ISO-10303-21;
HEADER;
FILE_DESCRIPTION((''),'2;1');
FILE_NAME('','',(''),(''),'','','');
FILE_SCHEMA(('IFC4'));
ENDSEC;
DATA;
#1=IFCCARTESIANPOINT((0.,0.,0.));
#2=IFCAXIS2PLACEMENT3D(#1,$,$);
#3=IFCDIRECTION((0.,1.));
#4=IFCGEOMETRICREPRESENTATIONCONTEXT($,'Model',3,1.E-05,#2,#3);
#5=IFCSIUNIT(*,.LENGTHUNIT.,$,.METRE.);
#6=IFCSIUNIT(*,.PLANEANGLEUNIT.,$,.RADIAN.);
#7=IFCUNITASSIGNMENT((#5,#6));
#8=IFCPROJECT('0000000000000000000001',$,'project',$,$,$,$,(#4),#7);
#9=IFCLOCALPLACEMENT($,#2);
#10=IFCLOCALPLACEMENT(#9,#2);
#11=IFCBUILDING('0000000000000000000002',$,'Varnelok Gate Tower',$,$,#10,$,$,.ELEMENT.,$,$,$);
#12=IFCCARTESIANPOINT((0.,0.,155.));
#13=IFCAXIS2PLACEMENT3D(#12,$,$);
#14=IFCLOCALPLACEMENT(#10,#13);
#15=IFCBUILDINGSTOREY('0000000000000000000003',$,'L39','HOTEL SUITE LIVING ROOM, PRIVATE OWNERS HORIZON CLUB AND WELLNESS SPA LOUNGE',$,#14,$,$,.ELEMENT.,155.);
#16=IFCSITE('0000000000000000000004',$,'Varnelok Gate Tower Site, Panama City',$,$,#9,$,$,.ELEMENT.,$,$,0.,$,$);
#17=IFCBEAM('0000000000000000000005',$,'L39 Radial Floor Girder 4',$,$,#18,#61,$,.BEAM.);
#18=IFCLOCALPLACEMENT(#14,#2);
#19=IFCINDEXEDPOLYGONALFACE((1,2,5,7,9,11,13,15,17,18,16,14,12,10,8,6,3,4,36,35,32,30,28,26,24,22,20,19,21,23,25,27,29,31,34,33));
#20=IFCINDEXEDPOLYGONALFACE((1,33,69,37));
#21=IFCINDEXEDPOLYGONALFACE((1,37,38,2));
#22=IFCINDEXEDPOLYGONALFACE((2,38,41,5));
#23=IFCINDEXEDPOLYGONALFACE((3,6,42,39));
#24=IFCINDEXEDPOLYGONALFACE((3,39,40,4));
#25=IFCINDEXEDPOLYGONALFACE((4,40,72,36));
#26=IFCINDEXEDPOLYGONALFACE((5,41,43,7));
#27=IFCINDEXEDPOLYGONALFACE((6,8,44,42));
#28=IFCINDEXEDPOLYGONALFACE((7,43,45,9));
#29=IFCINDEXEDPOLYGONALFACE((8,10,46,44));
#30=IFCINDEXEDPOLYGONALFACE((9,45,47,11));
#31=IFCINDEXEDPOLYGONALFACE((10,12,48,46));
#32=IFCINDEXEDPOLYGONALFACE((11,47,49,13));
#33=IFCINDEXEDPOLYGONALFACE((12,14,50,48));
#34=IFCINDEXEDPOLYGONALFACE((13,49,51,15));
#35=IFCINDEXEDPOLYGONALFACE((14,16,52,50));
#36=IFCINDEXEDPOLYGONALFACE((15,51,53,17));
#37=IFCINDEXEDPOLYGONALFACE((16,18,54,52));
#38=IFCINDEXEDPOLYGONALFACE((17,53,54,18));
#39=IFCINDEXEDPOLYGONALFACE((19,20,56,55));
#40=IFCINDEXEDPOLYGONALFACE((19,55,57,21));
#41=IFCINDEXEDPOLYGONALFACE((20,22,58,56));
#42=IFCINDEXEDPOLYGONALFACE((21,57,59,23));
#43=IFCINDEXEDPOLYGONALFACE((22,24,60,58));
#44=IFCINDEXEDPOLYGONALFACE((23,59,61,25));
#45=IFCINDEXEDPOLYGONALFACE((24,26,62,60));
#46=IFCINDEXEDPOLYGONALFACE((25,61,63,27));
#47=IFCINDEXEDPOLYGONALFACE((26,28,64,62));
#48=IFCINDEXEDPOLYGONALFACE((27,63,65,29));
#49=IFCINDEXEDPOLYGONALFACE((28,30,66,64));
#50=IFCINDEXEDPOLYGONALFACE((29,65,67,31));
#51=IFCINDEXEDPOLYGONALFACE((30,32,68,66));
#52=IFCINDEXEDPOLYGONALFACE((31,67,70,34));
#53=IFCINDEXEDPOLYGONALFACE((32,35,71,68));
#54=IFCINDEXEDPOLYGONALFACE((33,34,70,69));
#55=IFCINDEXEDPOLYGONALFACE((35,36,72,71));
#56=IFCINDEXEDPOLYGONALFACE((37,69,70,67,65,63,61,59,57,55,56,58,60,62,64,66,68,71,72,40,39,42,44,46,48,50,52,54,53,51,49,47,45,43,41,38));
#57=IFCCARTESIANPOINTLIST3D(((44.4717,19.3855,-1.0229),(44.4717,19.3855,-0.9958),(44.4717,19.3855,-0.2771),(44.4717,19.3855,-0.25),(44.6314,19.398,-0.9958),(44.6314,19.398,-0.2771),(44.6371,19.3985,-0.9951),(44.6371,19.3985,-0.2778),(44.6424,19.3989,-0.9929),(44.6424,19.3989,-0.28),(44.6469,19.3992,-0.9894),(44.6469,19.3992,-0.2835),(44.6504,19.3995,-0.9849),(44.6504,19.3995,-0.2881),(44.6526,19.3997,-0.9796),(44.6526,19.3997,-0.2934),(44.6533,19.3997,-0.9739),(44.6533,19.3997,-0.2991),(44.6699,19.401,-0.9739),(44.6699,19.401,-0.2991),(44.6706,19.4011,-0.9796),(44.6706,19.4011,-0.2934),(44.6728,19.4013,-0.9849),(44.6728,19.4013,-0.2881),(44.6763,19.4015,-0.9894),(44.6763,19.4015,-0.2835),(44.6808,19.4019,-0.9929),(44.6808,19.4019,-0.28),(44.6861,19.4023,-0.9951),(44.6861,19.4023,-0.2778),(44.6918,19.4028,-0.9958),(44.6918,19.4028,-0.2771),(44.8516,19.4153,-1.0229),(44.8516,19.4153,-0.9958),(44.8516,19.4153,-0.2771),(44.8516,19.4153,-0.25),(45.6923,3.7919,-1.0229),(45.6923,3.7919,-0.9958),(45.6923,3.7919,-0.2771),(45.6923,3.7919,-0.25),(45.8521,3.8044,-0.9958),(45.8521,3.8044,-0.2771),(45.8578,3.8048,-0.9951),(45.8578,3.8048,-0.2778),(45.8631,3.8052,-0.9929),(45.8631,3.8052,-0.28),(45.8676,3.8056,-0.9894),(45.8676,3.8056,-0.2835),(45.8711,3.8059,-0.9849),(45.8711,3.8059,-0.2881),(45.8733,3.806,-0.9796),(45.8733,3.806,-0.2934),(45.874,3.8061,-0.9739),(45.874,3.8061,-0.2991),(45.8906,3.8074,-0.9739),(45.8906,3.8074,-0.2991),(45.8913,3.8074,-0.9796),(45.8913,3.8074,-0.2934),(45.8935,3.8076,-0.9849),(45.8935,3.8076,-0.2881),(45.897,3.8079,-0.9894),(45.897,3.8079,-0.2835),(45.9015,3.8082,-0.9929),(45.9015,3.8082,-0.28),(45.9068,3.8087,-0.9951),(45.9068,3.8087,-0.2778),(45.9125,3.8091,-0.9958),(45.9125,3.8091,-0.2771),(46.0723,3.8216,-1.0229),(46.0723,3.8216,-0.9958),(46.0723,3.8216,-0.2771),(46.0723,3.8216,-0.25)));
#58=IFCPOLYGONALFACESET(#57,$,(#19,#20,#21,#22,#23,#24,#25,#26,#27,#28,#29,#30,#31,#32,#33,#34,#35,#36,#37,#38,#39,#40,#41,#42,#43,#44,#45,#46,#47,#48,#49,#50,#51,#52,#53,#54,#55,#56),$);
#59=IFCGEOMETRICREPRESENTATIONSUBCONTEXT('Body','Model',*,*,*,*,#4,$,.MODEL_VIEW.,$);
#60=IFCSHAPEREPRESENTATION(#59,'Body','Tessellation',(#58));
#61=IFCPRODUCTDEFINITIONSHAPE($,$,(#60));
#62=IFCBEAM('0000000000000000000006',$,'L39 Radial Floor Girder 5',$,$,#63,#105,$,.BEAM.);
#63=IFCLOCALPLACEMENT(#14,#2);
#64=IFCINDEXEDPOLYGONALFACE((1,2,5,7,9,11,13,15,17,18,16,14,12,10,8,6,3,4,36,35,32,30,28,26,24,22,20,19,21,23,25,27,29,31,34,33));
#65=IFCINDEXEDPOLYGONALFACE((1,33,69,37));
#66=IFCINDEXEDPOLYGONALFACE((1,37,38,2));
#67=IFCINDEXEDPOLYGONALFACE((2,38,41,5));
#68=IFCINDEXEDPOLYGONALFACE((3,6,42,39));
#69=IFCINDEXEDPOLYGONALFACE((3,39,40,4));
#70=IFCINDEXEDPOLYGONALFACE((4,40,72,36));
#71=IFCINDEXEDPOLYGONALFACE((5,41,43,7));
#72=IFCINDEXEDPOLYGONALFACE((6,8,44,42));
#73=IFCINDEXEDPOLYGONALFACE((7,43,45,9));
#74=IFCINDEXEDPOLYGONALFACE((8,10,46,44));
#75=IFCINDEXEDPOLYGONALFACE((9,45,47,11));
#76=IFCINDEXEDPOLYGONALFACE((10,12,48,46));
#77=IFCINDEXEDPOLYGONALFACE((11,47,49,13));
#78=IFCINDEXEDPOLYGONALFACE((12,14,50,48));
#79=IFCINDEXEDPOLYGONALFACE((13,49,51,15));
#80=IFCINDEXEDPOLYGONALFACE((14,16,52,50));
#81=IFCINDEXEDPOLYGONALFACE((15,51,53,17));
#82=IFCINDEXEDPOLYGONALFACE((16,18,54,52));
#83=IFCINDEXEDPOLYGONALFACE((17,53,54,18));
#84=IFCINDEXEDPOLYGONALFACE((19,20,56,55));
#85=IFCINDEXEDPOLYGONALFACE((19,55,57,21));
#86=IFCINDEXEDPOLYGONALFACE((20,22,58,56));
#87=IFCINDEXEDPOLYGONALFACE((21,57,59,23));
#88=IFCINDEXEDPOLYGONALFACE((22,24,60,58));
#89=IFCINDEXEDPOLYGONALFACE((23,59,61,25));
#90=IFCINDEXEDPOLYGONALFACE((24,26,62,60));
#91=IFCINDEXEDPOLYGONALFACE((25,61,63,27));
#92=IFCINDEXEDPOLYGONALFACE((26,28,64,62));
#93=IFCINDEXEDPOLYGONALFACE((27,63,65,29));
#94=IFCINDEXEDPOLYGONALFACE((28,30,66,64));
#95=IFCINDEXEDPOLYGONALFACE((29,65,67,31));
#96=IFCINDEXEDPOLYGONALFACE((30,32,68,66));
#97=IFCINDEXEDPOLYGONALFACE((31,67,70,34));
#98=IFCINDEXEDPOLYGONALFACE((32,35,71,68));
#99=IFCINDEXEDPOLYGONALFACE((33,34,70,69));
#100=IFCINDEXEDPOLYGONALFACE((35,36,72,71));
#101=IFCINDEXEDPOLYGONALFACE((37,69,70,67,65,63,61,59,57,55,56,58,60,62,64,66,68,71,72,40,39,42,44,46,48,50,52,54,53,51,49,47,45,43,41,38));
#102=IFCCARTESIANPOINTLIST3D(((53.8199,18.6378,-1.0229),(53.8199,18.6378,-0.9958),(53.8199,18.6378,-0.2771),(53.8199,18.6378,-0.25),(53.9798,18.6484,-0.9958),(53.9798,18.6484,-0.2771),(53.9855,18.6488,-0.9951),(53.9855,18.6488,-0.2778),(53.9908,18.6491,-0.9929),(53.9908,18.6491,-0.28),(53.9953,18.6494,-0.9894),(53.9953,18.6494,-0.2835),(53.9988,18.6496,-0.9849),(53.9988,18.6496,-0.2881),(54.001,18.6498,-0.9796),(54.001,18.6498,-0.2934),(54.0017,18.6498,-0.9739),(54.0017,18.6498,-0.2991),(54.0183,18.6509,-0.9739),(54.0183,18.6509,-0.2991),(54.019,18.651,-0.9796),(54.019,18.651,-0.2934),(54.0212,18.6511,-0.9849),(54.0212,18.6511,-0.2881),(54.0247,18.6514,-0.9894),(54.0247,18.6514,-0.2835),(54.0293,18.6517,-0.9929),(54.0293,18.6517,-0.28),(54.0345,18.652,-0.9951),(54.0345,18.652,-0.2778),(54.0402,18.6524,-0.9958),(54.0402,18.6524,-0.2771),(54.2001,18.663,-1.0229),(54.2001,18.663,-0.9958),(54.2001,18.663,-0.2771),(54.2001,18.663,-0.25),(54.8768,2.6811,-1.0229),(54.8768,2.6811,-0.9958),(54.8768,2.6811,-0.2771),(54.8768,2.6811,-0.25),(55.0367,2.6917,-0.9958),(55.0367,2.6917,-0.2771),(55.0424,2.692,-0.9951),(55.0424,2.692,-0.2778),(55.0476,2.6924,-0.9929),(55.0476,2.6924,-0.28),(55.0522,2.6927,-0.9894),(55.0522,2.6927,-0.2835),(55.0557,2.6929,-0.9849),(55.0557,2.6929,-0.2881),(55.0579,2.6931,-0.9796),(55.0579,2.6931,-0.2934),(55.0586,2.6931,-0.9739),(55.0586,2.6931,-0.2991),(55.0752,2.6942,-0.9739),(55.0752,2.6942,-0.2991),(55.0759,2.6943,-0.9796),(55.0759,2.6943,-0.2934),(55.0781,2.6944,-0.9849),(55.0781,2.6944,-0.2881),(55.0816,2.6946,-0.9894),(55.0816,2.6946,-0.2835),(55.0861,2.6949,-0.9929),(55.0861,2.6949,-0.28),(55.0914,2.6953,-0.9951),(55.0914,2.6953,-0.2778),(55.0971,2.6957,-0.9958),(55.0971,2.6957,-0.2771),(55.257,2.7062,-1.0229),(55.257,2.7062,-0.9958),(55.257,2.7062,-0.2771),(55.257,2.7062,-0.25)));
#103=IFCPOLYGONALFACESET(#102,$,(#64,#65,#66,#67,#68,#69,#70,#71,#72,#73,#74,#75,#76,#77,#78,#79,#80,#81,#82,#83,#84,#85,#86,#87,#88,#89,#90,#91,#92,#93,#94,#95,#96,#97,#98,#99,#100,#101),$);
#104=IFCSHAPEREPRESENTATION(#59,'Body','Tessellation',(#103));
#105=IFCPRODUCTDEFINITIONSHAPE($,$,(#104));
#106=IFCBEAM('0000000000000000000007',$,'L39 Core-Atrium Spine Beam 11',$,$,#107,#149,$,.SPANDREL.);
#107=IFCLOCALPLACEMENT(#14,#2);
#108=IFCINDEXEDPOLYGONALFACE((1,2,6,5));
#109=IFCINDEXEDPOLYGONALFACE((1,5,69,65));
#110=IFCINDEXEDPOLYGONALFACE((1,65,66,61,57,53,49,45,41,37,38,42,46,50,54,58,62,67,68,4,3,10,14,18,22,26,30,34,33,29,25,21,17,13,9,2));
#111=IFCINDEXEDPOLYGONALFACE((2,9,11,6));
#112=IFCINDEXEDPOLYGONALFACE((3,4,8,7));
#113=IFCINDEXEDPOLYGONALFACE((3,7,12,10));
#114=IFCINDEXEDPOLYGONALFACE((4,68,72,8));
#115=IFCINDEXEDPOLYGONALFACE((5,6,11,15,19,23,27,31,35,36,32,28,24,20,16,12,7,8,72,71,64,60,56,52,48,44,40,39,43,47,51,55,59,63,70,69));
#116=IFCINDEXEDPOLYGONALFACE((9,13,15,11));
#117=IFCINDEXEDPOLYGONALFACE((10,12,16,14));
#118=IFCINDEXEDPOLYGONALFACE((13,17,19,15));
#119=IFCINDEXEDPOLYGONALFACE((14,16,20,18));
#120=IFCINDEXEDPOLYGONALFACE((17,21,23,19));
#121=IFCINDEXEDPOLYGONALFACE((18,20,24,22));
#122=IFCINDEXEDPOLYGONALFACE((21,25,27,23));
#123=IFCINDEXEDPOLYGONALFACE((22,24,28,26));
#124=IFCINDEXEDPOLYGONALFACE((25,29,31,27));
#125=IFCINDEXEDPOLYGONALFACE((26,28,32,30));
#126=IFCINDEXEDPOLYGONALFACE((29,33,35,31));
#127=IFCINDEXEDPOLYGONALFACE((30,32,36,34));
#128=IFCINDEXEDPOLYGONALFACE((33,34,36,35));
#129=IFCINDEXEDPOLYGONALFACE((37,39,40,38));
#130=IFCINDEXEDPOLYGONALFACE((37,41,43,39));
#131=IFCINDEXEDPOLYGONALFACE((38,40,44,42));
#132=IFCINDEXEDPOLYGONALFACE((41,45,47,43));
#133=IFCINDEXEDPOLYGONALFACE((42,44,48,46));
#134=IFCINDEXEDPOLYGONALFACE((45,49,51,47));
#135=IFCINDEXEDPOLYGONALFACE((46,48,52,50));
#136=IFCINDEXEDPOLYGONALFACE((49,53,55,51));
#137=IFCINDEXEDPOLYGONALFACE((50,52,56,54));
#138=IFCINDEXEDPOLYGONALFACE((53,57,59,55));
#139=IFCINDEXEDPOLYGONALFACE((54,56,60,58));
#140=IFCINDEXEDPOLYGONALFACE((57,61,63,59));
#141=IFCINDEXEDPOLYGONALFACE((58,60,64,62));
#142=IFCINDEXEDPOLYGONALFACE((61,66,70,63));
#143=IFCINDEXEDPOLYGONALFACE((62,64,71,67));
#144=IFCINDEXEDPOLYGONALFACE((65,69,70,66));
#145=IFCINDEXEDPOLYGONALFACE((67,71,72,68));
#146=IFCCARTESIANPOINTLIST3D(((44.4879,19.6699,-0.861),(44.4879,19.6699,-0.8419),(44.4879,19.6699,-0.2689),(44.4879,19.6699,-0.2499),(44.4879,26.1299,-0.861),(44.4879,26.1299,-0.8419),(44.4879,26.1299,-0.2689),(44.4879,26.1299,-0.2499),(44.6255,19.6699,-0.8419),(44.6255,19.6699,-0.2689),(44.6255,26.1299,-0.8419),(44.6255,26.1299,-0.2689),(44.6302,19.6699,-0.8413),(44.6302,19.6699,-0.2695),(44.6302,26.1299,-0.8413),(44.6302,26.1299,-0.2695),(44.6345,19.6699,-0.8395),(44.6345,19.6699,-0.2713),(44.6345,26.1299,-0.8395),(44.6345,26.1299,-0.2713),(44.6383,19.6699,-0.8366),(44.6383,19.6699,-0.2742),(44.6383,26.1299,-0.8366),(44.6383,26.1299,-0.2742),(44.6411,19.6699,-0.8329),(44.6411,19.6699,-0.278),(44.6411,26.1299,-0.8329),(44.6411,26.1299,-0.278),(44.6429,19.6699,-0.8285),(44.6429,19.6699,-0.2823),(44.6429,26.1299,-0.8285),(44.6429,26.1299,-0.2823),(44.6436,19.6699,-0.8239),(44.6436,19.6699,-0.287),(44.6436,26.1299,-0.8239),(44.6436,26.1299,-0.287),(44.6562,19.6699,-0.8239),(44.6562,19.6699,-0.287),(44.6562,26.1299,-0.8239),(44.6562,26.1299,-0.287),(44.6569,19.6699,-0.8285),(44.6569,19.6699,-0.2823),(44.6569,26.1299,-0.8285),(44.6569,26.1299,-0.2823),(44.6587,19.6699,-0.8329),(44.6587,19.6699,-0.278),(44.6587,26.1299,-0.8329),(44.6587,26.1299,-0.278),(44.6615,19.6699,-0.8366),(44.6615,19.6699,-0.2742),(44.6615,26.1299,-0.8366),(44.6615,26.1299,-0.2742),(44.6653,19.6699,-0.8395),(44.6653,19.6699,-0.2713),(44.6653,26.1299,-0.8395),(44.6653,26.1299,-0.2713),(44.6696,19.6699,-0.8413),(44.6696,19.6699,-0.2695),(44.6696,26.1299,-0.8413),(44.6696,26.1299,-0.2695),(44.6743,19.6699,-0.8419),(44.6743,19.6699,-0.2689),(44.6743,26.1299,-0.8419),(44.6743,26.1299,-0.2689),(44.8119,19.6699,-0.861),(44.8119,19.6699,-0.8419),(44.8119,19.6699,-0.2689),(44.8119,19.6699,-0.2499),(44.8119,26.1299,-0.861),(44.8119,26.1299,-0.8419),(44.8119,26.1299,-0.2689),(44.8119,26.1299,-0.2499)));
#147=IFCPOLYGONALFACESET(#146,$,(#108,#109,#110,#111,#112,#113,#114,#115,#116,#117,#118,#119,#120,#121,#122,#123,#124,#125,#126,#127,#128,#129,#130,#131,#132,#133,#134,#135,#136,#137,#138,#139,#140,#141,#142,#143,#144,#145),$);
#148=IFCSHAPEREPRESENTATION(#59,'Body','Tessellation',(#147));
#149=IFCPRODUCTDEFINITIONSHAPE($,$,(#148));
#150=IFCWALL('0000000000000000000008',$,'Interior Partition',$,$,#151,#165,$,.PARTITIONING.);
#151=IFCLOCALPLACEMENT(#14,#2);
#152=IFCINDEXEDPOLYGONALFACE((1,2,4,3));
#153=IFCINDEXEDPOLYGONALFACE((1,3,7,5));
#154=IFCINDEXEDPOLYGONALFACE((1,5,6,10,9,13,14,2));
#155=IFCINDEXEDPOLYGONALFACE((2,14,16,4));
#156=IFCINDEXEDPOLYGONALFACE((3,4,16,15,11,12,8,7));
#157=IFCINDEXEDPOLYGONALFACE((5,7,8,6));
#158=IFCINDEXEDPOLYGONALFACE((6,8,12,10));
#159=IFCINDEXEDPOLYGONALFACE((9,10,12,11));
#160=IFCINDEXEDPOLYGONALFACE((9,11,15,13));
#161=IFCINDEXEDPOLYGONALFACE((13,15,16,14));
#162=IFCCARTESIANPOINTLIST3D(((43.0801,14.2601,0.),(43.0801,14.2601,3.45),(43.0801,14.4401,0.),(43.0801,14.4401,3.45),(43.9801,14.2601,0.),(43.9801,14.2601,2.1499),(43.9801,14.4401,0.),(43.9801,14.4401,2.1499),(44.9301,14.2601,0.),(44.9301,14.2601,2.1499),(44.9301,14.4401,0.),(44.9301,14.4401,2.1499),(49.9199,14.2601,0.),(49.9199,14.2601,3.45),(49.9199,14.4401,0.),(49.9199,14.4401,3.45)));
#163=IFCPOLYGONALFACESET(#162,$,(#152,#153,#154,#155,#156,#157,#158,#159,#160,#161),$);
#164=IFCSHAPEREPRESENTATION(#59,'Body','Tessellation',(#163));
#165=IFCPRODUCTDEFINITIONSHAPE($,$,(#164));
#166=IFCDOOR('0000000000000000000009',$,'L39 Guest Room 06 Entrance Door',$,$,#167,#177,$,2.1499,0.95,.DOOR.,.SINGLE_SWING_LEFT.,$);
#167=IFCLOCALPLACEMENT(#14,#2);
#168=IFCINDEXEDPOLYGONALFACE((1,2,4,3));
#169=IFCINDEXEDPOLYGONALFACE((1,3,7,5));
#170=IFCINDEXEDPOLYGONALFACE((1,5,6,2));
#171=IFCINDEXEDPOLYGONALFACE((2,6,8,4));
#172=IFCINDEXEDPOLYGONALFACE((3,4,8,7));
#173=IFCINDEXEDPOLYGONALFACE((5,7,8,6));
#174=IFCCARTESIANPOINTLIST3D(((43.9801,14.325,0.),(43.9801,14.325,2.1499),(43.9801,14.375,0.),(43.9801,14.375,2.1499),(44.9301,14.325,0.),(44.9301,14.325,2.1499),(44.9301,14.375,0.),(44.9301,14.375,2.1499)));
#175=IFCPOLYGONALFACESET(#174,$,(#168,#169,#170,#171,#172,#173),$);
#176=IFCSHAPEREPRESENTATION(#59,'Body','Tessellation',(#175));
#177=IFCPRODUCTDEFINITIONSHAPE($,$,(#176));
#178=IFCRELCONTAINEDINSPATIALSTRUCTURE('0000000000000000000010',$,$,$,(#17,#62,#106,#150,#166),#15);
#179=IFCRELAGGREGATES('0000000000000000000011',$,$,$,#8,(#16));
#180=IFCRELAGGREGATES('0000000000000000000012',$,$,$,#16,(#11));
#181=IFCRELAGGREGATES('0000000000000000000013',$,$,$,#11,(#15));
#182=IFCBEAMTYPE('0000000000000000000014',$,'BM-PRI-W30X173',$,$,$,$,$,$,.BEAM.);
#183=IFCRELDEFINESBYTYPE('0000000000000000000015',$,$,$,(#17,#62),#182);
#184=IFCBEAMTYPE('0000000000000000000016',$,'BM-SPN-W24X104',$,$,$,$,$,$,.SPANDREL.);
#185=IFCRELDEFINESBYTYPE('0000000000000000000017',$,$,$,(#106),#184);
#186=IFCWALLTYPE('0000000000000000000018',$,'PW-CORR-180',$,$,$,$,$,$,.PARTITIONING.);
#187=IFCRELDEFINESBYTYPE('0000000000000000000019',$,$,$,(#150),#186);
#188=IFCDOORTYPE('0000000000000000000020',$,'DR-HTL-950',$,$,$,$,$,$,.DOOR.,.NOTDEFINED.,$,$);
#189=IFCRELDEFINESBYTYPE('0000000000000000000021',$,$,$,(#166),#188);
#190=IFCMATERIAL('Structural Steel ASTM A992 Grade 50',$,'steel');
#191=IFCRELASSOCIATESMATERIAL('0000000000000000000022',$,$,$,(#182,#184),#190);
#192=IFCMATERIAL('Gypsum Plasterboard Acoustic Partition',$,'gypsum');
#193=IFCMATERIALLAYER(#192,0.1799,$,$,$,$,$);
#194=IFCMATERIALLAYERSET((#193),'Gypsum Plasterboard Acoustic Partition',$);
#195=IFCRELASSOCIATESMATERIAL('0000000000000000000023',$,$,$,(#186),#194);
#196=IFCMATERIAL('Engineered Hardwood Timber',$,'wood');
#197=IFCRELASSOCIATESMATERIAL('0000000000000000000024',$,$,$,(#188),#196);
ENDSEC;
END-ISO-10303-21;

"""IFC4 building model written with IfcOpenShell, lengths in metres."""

from ifc_helpers import new_model, si_unit, direction, frame, frame_2d, origin, origin_2d, place, context, subcontext, project, spatial, rectangle, i_section, extrude, material, layer, layer_set, material_profile, profile_set, type_object, element, fill, save


model = new_model("IFC4")

# Units and contexts
model_context = context("Model", 3, precision=1e-05, world=origin(), true_north=direction((0.0, 1.0)))
body_context = subcontext(model_context, "Body", "Model", "MODEL_VIEW")
ifc_project = project(units=[si_unit("LENGTHUNIT", "METRE"), si_unit("PLANEANGLEUNIT", "RADIAN")], contexts=[model_context])

# Site, building, storey
site_placement = place(None, origin())
site = spatial("IfcSite", under=ifc_project, at=site_placement, Name="Varnelok Gate Tower Site, Panama City", CompositionType="ELEMENT", RefElevation=0.0)
building_placement = place(site_placement, origin())
building = spatial("IfcBuilding", under=site, at=building_placement, Name="Varnelok Gate Tower", CompositionType="ELEMENT")
storey_placement = place(building_placement, frame((0.0, 0.0, 155.0)))
storey = spatial("IfcBuildingStorey", under=building, at=storey_placement, Name="L39", Description="HOTEL SUITE LIVING ROOM, PRIVATE OWNERS HORIZON CLUB AND WELLNESS SPA LOUNGE", CompositionType="ELEMENT", Elevation=155.0)

# Shared definitions
ifc_material_1 = material(Name="Structural Steel ASTM A992 Grade 50", Category="steel")

# Beams
ifc_material_profile_1 = material_profile(ifc_material_1, i_section(OverallWidth=0.3811, OverallDepth=0.7729, WebThickness=0.0166, FlangeThickness=0.0271, FilletRadius=0.022, at=origin_2d()), Name="W30X173")
ifc_profile_set_1 = profile_set([ifc_material_profile_1], Name="Structural Steel ASTM A992 Grade 50")
beam_type_1 = type_object("IfcBeamType", Name="BM-PRI-W30X173", PredefinedType="BEAM", material=ifc_profile_set_1)
beam_1_placement = place(storey_placement, frame((44.6616, 19.4004, -0.6365), z_axis=(0.078043, -0.99695, 0.0), x_axis=(0.99695, 0.078043, 0.0)))
element("IfcBeam", 1, at=beam_1_placement, inside=storey, type_object=beam_type_1, Name="L39 Radial Floor Girder 4", PredefinedType="BEAM", context=body_context, shape_type="SweptSolid", body=[
    extrude(i_section(OverallWidth=0.3811, OverallDepth=0.7729, WebThickness=0.0166, FlangeThickness=0.0271, FilletRadius=0.022, at=origin_2d()), origin(), (0.0, 0.0, 1.0), 15.6414),
])
beam_2_placement = place(storey_placement, frame((54.01, 18.6504, -0.6365), z_axis=(0.066089, -0.997814, 0.0), x_axis=(0.997814, 0.066089, 0.0)))
element("IfcBeam", 2, at=beam_2_placement, inside=storey, type_object=beam_type_1, Name="L39 Radial Floor Girder 5", PredefinedType="BEAM", context=body_context, shape_type="SweptSolid", body=[
    extrude(i_section(OverallWidth=0.3811, OverallDepth=0.7729, WebThickness=0.0166, FlangeThickness=0.0271, FilletRadius=0.022, at=origin_2d()), origin(), (0.0, 0.0, 1.0), 15.9917),
])
ifc_material_profile_2 = material_profile(ifc_material_1, i_section(OverallWidth=0.324, OverallDepth=0.6111, WebThickness=0.0127, FlangeThickness=0.019, FilletRadius=0.0181, at=origin_2d()), Name="W24X104")
ifc_profile_set_2 = profile_set([ifc_material_profile_2], Name="Structural Steel ASTM A992 Grade 50")
beam_type_2 = type_object("IfcBeamType", Name="BM-SPN-W24X104", PredefinedType="SPANDREL", material=ifc_profile_set_2)
beam_3_placement = place(storey_placement, frame((44.6499, 19.6699, -0.5554), z_axis=(0.0, 1.0, 0.0), x_axis=(-1.0, 0.0, 0.0)))
element("IfcBeam", 3, at=beam_3_placement, inside=storey, type_object=beam_type_2, Name="L39 Core-Atrium Spine Beam 11", PredefinedType="SPANDREL", context=body_context, shape_type="SweptSolid", body=[
    extrude(i_section(OverallWidth=0.324, OverallDepth=0.6111, WebThickness=0.0127, FlangeThickness=0.019, FilletRadius=0.0181, at=origin_2d()), origin(), (0.0, 0.0, 1.0), 6.46),
])

# Wall, opening, door
ifc_material_2 = material(Name="Gypsum Plasterboard Acoustic Partition", Category="gypsum")
ifc_layer_1 = layer(ifc_material_2, 0.1799)
ifc_layer_set_1 = layer_set([ifc_layer_1], Name="Gypsum Plasterboard Acoustic Partition")
wall_type_1 = type_object("IfcWallType", Name="PW-CORR-180", PredefinedType="PARTITIONING", material=ifc_layer_set_1)
wall_1_placement = place(storey_placement, frame((43.0801, 14.3501, 0.0), z_axis=(0.0, 0.0, 1.0), x_axis=(1.0, 0.0, 0.0)))
wall_1 = element("IfcWall", 4, at=wall_1_placement, inside=storey, type_object=wall_type_1, Name="Interior Partition", PredefinedType="PARTITIONING", context=body_context, shape_type="SweptSolid", body=[
    extrude(rectangle(XDim=6.8398, YDim=0.1799, at=frame_2d((3.4199, 0.0))), origin(), (0.0, 0.0, 1.0), 3.45),
])
opening_1_placement = place(wall_1_placement, frame((0.8999, 0.0, 0.0)))
opening_1 = element("IfcOpeningElement", 5, at=opening_1_placement, cuts=wall_1, PredefinedType="OPENING", context=body_context, shape_type="SweptSolid", body=[
    extrude(rectangle(XDim=0.95, YDim=2.1499, at=frame_2d((0.4751, 1.075))), frame((0.0, 0.0999, 0.0), z_axis=(0.0, -1.0, 0.0), x_axis=(1.0, 0.0, 0.0)), (0.0, 0.0, 1.0), 0.2),
])
ifc_material_3 = material(Name="Engineered Hardwood Timber", Category="wood")
door_type_1 = type_object("IfcDoorType", Name="DR-HTL-950", OperationType="NOTDEFINED", PredefinedType="DOOR", material=ifc_material_3)
door_1_placement = place(opening_1_placement, origin())
door_1 = element("IfcDoor", 6, at=door_1_placement, inside=storey, type_object=door_type_1, Name="L39 Guest Room 06 Entrance Door", OperationType="SINGLE_SWING_LEFT", OverallHeight=2.1499, OverallWidth=0.95, PredefinedType="DOOR", context=body_context, shape_type="SweptSolid", body=[
    extrude(rectangle(XDim=0.95, YDim=2.1499, at=frame_2d((0.4751, 1.075))), frame((0.0, 0.0249, 0.0), z_axis=(0.0, -1.0, 0.0), x_axis=(1.0, 0.0, 0.0)), (0.0, 0.0, 1.0), 0.05),
])
fill(opening_1, door_1)

save(model, "model.ifc")
